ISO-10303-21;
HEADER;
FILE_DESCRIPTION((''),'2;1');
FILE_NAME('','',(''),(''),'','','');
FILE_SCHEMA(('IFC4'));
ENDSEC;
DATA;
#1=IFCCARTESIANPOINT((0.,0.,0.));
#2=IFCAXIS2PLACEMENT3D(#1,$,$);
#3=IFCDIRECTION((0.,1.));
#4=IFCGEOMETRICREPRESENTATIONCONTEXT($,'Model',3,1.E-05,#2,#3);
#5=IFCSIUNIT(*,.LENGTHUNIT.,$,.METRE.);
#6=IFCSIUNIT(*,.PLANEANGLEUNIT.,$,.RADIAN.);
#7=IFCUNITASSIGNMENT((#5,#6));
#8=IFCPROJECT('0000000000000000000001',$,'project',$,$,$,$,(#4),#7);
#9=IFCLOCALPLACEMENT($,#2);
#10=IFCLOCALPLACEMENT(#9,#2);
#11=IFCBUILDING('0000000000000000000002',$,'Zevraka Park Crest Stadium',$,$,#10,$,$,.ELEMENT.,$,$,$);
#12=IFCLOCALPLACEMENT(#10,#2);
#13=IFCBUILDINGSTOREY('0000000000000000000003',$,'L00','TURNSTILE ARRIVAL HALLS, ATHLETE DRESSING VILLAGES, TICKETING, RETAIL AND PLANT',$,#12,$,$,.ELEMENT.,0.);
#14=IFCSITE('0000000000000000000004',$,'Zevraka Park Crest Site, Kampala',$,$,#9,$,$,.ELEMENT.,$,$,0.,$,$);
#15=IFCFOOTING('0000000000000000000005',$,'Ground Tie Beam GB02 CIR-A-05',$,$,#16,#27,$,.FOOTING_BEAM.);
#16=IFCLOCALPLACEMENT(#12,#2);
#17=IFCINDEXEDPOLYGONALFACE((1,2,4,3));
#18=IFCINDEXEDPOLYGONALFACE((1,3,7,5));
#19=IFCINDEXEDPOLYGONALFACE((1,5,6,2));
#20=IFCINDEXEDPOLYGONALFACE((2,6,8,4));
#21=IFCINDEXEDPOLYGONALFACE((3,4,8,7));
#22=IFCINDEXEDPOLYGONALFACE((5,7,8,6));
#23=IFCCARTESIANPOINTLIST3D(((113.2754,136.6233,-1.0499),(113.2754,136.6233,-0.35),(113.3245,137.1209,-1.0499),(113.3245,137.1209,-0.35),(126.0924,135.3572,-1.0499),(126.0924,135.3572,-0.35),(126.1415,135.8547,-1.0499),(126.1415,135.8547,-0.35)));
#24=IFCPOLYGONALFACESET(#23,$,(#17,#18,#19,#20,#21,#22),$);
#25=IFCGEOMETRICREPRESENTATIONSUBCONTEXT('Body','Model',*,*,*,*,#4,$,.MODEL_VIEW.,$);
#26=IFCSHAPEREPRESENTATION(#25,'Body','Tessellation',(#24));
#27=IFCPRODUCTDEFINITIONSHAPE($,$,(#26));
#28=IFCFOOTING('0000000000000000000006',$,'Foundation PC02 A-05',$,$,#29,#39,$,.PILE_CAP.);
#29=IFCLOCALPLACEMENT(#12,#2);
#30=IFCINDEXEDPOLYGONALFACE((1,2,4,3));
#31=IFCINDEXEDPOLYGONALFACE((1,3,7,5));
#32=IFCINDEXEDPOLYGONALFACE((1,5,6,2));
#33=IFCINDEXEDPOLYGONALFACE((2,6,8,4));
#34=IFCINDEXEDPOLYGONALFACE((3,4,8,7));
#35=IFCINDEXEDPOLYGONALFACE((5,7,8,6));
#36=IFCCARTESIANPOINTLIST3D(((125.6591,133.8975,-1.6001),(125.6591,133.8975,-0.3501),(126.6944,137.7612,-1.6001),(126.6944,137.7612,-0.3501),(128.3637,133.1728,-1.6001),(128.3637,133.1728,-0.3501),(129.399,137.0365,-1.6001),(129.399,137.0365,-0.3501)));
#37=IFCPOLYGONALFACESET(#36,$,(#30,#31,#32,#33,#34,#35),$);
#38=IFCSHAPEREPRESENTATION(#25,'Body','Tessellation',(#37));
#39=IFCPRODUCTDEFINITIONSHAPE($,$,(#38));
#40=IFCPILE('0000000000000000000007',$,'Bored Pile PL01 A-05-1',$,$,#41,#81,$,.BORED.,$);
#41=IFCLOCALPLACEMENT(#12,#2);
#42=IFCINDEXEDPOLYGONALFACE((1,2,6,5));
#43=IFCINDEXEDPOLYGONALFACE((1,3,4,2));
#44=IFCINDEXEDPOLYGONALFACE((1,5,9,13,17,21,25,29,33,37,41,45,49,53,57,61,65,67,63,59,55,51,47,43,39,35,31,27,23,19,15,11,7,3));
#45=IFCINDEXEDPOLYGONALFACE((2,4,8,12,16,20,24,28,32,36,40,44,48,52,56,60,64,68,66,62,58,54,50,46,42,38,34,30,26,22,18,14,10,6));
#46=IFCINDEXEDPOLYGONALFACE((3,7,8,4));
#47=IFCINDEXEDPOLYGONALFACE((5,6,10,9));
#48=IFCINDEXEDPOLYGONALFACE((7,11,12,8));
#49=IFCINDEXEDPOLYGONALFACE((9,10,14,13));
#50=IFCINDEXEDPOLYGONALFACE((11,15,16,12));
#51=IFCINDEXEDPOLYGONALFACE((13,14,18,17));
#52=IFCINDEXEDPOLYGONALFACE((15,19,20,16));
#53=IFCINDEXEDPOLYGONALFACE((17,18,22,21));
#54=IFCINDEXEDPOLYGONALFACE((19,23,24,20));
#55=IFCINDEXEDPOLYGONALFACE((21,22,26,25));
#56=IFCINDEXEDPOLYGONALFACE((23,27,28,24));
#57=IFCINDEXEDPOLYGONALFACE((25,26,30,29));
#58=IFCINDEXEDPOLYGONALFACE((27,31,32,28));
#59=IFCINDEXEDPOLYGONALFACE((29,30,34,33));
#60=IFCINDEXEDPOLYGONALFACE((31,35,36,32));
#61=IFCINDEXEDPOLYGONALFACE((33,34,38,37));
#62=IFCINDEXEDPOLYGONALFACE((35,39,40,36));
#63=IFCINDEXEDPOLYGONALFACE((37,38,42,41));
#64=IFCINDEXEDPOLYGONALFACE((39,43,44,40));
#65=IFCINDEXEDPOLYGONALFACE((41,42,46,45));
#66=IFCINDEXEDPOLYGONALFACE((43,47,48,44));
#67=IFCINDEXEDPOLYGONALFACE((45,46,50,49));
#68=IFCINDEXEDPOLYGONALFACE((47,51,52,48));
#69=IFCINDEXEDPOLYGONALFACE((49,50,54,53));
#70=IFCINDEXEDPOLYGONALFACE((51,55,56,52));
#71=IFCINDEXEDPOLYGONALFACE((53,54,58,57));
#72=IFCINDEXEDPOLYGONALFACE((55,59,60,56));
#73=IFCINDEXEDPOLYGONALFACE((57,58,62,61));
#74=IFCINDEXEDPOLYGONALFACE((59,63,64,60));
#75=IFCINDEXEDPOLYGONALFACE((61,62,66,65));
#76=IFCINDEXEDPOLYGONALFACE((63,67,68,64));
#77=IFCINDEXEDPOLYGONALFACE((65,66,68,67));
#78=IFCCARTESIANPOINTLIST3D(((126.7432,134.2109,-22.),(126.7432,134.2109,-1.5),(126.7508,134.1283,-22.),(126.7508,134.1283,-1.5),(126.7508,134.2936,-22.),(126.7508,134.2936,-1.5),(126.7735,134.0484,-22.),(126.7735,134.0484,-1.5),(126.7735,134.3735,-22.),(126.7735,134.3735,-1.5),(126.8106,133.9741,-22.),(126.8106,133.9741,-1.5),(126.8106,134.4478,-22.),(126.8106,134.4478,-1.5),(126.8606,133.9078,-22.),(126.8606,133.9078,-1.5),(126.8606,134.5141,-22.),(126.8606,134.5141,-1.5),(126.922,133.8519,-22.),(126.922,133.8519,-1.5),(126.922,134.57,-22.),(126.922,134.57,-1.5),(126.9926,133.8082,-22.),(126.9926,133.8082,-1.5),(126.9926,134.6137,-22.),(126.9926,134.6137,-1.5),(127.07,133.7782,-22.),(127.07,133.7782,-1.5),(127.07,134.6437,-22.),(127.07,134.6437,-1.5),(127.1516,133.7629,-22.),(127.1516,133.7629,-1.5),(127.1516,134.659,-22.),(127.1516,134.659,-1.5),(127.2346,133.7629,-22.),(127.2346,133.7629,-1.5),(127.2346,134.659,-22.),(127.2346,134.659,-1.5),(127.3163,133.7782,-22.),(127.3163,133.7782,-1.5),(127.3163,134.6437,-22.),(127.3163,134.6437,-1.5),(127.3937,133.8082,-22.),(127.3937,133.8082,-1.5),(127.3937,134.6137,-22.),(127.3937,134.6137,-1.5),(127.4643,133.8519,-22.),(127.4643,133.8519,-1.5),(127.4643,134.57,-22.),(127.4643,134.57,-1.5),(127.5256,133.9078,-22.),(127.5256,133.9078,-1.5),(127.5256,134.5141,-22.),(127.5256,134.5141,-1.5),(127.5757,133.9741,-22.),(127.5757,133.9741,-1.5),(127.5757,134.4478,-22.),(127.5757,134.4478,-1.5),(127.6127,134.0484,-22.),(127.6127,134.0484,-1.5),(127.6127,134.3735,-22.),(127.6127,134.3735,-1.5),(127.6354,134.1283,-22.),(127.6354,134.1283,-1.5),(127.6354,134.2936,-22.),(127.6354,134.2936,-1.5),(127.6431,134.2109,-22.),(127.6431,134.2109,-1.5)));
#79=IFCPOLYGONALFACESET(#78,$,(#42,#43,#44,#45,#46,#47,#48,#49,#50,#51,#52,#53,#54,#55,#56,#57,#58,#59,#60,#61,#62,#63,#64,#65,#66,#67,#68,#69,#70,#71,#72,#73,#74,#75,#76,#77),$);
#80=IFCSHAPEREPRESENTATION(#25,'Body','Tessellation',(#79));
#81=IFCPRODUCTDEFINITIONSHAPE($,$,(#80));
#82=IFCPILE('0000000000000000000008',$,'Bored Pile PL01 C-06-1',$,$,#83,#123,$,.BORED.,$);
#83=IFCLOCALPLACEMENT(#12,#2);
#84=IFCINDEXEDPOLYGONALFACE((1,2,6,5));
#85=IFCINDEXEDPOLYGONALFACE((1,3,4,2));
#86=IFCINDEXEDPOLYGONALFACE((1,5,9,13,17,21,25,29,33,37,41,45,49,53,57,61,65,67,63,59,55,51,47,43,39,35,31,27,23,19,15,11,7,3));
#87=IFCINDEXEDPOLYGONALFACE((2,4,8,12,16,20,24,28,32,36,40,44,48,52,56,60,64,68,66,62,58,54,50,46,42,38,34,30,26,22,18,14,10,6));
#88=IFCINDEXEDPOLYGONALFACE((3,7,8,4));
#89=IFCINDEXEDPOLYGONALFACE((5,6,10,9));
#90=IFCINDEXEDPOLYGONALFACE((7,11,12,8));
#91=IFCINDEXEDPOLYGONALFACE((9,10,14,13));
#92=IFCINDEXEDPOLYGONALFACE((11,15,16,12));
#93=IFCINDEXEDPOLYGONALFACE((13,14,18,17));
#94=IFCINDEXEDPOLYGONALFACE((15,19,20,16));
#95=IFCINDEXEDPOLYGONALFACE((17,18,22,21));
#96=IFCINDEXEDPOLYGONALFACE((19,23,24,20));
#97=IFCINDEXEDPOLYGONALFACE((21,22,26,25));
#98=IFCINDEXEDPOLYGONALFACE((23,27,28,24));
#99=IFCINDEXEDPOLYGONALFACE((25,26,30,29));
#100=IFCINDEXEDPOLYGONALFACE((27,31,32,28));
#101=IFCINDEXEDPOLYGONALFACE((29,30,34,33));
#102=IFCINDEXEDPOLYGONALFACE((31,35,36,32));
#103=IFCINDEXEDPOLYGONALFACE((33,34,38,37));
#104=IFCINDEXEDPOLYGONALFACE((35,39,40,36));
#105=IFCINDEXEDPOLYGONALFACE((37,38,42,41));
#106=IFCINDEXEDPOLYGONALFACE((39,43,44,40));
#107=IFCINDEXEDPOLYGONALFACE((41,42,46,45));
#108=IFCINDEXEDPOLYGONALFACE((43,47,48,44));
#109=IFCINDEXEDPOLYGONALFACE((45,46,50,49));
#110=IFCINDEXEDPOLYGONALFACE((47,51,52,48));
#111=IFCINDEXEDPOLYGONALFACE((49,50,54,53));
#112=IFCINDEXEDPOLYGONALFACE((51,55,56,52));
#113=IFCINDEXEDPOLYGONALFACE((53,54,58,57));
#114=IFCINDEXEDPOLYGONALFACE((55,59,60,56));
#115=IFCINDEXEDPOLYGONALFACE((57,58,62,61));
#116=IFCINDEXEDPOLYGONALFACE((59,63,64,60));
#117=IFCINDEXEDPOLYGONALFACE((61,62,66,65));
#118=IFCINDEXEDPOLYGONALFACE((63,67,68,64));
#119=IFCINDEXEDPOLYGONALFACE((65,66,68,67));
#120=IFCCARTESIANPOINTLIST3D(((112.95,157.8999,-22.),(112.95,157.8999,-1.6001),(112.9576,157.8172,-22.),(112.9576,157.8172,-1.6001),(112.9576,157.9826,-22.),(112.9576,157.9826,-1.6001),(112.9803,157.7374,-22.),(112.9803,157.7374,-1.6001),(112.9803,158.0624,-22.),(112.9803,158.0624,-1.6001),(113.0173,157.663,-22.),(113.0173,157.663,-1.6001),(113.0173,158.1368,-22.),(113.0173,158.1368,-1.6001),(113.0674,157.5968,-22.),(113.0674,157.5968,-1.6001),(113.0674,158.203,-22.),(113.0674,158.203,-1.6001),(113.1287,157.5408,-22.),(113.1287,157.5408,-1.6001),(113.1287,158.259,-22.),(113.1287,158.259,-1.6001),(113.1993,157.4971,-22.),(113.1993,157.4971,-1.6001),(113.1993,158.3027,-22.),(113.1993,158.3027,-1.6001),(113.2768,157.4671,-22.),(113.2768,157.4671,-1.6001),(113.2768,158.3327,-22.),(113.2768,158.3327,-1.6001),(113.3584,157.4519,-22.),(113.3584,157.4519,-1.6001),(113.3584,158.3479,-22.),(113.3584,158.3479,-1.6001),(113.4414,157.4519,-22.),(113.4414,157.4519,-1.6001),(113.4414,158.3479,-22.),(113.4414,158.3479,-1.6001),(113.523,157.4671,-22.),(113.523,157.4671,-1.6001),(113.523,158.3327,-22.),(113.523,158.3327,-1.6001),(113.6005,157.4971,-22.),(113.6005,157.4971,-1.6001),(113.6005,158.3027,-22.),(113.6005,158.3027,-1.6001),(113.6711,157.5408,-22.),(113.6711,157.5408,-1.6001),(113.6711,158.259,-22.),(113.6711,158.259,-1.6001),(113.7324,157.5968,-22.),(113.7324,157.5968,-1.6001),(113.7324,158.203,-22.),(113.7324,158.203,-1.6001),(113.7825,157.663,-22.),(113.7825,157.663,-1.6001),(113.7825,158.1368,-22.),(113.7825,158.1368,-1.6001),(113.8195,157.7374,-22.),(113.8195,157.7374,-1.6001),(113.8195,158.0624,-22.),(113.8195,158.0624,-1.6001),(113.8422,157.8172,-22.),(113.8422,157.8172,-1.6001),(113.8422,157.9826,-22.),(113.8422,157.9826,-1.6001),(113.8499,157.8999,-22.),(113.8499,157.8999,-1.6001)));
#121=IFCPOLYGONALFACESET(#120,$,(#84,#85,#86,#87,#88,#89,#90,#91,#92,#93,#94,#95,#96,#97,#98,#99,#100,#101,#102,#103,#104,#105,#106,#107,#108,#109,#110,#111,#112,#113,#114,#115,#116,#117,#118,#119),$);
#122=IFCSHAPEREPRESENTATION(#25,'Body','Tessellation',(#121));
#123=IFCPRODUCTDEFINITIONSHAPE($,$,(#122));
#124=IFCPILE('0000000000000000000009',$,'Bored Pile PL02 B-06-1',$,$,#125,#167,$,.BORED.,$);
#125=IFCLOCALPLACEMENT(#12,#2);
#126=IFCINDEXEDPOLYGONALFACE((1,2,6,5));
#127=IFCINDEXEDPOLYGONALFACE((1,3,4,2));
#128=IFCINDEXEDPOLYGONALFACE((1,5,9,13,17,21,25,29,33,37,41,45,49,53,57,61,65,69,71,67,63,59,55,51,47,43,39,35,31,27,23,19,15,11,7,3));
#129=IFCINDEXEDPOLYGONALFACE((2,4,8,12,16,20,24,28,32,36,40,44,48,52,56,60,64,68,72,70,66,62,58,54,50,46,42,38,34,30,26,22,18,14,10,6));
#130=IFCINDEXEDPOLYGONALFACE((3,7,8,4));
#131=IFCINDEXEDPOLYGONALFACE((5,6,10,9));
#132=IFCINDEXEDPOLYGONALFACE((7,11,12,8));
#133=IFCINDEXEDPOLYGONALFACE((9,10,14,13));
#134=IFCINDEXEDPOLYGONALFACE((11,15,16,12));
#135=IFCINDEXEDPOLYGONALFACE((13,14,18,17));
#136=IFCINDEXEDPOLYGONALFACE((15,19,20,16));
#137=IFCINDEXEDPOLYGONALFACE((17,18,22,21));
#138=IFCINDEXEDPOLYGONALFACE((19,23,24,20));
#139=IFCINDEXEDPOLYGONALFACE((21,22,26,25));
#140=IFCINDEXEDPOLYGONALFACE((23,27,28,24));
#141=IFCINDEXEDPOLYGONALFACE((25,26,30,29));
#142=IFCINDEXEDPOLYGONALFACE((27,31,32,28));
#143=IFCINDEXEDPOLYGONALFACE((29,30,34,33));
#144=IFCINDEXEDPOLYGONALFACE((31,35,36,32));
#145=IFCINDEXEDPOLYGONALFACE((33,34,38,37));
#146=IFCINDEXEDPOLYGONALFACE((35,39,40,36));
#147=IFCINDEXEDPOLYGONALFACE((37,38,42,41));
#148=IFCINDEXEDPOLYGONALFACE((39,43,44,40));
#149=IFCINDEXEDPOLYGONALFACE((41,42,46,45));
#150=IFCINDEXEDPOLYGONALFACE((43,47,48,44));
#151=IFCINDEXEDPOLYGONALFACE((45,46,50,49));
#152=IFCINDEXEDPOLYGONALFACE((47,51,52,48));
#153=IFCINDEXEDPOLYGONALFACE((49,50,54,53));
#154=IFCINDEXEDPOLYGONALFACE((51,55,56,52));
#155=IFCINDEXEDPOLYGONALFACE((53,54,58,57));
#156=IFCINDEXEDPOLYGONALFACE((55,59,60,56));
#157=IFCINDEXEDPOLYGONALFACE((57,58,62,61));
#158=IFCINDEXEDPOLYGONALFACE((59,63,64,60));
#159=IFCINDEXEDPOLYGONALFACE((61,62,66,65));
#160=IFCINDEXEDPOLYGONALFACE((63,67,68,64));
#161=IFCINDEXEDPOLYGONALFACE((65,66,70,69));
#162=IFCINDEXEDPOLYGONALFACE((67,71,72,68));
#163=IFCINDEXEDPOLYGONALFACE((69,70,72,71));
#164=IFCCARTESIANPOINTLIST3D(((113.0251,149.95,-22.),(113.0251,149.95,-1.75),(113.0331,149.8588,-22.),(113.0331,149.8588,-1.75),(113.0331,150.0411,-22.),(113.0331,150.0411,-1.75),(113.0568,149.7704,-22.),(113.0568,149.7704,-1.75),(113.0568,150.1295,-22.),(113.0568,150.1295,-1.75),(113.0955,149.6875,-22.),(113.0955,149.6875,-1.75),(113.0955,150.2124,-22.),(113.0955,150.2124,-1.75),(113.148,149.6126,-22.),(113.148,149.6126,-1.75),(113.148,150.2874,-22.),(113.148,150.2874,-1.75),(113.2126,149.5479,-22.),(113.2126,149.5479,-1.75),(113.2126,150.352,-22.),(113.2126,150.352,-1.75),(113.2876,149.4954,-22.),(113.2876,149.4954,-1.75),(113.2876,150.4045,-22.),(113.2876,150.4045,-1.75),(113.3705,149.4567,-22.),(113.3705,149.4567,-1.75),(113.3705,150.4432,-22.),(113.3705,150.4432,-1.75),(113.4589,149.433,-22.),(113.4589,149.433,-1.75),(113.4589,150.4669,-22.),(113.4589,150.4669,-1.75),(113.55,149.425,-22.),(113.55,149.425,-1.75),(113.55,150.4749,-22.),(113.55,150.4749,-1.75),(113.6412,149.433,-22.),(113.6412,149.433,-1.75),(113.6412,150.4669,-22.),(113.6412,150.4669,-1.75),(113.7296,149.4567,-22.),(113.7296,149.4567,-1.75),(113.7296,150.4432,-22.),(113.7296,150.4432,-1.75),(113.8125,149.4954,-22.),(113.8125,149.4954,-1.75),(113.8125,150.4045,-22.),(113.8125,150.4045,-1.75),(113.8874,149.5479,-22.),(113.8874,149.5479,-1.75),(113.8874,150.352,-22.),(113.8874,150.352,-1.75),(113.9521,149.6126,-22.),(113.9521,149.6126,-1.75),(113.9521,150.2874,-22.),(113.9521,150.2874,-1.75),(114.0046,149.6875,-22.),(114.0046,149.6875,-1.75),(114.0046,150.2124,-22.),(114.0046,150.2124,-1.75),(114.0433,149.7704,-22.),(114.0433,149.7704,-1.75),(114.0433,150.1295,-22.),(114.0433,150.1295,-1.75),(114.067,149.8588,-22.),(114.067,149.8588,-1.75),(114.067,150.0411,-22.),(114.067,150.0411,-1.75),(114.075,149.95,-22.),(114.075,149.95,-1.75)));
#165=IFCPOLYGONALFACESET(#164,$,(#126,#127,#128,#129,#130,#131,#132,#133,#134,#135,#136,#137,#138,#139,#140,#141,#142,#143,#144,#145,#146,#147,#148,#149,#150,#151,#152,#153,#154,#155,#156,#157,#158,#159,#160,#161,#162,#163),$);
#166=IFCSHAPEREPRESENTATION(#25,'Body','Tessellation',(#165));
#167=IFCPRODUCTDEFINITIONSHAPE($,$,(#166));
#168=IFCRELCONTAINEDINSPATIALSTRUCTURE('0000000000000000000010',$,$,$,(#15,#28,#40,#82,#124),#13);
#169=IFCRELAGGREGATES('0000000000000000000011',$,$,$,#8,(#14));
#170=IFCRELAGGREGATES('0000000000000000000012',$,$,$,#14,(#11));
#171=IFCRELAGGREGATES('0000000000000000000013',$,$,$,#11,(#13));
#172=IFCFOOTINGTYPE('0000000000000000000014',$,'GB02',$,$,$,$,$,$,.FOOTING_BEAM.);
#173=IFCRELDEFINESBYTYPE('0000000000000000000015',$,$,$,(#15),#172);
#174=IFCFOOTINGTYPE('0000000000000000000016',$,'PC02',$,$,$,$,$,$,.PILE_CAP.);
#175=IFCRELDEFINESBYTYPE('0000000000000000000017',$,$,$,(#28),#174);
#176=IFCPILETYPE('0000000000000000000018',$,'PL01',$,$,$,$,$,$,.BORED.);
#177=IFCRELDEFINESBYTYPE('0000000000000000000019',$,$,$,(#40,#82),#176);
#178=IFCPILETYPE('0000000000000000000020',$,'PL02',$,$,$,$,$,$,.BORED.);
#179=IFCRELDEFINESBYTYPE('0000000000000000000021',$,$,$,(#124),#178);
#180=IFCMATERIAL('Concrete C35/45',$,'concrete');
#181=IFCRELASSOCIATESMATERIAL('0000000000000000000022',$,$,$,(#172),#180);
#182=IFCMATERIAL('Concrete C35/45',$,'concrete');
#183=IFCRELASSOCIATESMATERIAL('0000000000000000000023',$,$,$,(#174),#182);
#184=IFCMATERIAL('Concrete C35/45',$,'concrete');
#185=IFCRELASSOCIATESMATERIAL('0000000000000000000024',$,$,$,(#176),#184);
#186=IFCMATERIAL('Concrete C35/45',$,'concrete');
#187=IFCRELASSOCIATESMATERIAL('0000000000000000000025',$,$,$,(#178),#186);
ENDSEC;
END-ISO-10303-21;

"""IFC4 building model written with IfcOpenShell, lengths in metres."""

from ifc_helpers import new_model, si_unit, direction, frame, origin, origin_2d, place, context, subcontext, project, spatial, rectangle, circle, extrude, material, material_profile, profile_set, type_object, element, save


model = new_model("IFC4")

# Units and contexts
model_context = context("Model", 3, precision=1e-05, world=origin(), true_north=direction((0.0, 1.0)))
body_context = subcontext(model_context, "Body", "Model", "MODEL_VIEW")
ifc_project = project(units=[si_unit("LENGTHUNIT", "METRE"), si_unit("PLANEANGLEUNIT", "RADIAN")], contexts=[model_context])

# Site, building, storey
site_placement = place(None, origin())
site = spatial("IfcSite", under=ifc_project, at=site_placement, Name="Zevraka Park Crest Site, Kampala", CompositionType="ELEMENT", RefElevation=0.0)
building_placement = place(site_placement, origin())
building = spatial("IfcBuilding", under=site, at=building_placement, Name="Zevraka Park Crest Stadium", CompositionType="ELEMENT")
storey_placement = place(building_placement, origin())
storey = spatial("IfcBuildingStorey", under=building, at=storey_placement, Name="L00", Description="TURNSTILE ARRIVAL HALLS, ATHLETE DRESSING VILLAGES, TICKETING, RETAIL AND PLANT", CompositionType="ELEMENT", Elevation=0.0)

# Footings
ifc_material_1 = material(Name="Concrete C35/45", Category="concrete")
ifc_material_profile_1 = material_profile(ifc_material_1, rectangle(XDim=0.5, YDim=0.7, at=origin_2d()), Name="GB 700x500")
ifc_profile_set_1 = profile_set([ifc_material_profile_1], Name="Concrete C35/45")
footing_type_1 = type_object("IfcFootingType", Name="GB02", PredefinedType="FOOTING_BEAM", material=ifc_profile_set_1)
footing_1_placement = place(storey_placement, frame((126.1169, 135.606, -0.7), z_axis=(-0.995156, 0.098306, 0.0), x_axis=(-0.098306, -0.995156, 0.0)))
element("IfcFooting", 1, at=footing_1_placement, inside=storey, type_object=footing_type_1, Name="Ground Tie Beam GB02 CIR-A-05", PredefinedType="FOOTING_BEAM", context=body_context, shape_type="SweptSolid", body=[
    extrude(rectangle(XDim=0.5, YDim=0.7, at=origin_2d()), origin(), (0.0, 0.0, 1.0), 12.8794),
])
ifc_material_2 = material(Name="Concrete C35/45", Category="concrete")
footing_type_2 = type_object("IfcFootingType", Name="PC02", PredefinedType="PILE_CAP", material=ifc_material_2)
footing_2_placement = place(storey_placement, frame((127.5291, 135.467, -1.6001), z_axis=(0.0, 0.0, 1.0), x_axis=(0.258819, 0.965926, 0.0)))
element("IfcFooting", 2, at=footing_2_placement, inside=storey, type_object=footing_type_2, Name="Foundation PC02 A-05", PredefinedType="PILE_CAP", context=body_context, shape_type="SweptSolid", body=[
    extrude(rectangle(XDim=4.0, YDim=2.8, at=origin_2d()), origin(), (0.0, 0.0, 1.0), 1.25),
])

# Piles
ifc_material_3 = material(Name="Concrete C35/45", Category="concrete")
ifc_material_profile_2 = material_profile(ifc_material_3, circle(Radius=0.45, at=origin_2d()), Name="PILE D900")
ifc_profile_set_2 = profile_set([ifc_material_profile_2], Name="Concrete C35/45")
pile_type_1 = type_object("IfcPileType", Name="PL01", PredefinedType="BORED", material=ifc_profile_set_2)
pile_1_placement = place(storey_placement, frame((127.1931, 134.2109, -1.5), z_axis=(0.0, 0.0, -1.0), x_axis=(1.0, 0.0, 0.0)))
element("IfcPile", 3, at=pile_1_placement, inside=storey, type_object=pile_type_1, Name="Bored Pile PL01 A-05-1", PredefinedType="BORED", context=body_context, shape_type="SweptSolid", body=[
    extrude(circle(Radius=0.45, at=origin_2d()), origin(), (0.0, 0.0, 1.0), 20.5),
])
pile_2_placement = place(storey_placement, frame((113.3999, 157.8999, -1.6001), z_axis=(0.0, 0.0, -1.0), x_axis=(1.0, 0.0, 0.0)))
element("IfcPile", 4, at=pile_2_placement, inside=storey, type_object=pile_type_1, Name="Bored Pile PL01 C-06-1", PredefinedType="BORED", context=body_context, shape_type="SweptSolid", body=[
    extrude(circle(Radius=0.45, at=origin_2d()), origin(), (0.0, 0.0, 1.0), 20.3999),
])
ifc_material_4 = material(Name="Concrete C35/45", Category="concrete")
ifc_material_profile_3 = material_profile(ifc_material_4, circle(Radius=0.5249, at=origin_2d()), Name="PILE D1050")
ifc_profile_set_3 = profile_set([ifc_material_profile_3], Name="Concrete C35/45")
pile_type_2 = type_object("IfcPileType", Name="PL02", PredefinedType="BORED", material=ifc_profile_set_3)
for number, where, z_axis, x_axis, name in (
    (5, (113.55, 149.95, -1.75), (0.0, 0.0, -1.0), (1.0, 0.0, 0.0), "Bored Pile PL02 B-06-1"),
):
    element("IfcPile", number, at=place(storey_placement, frame(where, z_axis=z_axis, x_axis=x_axis)), inside=storey, type_object=pile_type_2, Name=name, PredefinedType="BORED", context=body_context, shape_type="SweptSolid", body=[
        extrude(circle(Radius=0.5249, at=origin_2d()), origin(), (0.0, 0.0, 1.0), 20.25),
    ])

save(model, "model.ifc")
